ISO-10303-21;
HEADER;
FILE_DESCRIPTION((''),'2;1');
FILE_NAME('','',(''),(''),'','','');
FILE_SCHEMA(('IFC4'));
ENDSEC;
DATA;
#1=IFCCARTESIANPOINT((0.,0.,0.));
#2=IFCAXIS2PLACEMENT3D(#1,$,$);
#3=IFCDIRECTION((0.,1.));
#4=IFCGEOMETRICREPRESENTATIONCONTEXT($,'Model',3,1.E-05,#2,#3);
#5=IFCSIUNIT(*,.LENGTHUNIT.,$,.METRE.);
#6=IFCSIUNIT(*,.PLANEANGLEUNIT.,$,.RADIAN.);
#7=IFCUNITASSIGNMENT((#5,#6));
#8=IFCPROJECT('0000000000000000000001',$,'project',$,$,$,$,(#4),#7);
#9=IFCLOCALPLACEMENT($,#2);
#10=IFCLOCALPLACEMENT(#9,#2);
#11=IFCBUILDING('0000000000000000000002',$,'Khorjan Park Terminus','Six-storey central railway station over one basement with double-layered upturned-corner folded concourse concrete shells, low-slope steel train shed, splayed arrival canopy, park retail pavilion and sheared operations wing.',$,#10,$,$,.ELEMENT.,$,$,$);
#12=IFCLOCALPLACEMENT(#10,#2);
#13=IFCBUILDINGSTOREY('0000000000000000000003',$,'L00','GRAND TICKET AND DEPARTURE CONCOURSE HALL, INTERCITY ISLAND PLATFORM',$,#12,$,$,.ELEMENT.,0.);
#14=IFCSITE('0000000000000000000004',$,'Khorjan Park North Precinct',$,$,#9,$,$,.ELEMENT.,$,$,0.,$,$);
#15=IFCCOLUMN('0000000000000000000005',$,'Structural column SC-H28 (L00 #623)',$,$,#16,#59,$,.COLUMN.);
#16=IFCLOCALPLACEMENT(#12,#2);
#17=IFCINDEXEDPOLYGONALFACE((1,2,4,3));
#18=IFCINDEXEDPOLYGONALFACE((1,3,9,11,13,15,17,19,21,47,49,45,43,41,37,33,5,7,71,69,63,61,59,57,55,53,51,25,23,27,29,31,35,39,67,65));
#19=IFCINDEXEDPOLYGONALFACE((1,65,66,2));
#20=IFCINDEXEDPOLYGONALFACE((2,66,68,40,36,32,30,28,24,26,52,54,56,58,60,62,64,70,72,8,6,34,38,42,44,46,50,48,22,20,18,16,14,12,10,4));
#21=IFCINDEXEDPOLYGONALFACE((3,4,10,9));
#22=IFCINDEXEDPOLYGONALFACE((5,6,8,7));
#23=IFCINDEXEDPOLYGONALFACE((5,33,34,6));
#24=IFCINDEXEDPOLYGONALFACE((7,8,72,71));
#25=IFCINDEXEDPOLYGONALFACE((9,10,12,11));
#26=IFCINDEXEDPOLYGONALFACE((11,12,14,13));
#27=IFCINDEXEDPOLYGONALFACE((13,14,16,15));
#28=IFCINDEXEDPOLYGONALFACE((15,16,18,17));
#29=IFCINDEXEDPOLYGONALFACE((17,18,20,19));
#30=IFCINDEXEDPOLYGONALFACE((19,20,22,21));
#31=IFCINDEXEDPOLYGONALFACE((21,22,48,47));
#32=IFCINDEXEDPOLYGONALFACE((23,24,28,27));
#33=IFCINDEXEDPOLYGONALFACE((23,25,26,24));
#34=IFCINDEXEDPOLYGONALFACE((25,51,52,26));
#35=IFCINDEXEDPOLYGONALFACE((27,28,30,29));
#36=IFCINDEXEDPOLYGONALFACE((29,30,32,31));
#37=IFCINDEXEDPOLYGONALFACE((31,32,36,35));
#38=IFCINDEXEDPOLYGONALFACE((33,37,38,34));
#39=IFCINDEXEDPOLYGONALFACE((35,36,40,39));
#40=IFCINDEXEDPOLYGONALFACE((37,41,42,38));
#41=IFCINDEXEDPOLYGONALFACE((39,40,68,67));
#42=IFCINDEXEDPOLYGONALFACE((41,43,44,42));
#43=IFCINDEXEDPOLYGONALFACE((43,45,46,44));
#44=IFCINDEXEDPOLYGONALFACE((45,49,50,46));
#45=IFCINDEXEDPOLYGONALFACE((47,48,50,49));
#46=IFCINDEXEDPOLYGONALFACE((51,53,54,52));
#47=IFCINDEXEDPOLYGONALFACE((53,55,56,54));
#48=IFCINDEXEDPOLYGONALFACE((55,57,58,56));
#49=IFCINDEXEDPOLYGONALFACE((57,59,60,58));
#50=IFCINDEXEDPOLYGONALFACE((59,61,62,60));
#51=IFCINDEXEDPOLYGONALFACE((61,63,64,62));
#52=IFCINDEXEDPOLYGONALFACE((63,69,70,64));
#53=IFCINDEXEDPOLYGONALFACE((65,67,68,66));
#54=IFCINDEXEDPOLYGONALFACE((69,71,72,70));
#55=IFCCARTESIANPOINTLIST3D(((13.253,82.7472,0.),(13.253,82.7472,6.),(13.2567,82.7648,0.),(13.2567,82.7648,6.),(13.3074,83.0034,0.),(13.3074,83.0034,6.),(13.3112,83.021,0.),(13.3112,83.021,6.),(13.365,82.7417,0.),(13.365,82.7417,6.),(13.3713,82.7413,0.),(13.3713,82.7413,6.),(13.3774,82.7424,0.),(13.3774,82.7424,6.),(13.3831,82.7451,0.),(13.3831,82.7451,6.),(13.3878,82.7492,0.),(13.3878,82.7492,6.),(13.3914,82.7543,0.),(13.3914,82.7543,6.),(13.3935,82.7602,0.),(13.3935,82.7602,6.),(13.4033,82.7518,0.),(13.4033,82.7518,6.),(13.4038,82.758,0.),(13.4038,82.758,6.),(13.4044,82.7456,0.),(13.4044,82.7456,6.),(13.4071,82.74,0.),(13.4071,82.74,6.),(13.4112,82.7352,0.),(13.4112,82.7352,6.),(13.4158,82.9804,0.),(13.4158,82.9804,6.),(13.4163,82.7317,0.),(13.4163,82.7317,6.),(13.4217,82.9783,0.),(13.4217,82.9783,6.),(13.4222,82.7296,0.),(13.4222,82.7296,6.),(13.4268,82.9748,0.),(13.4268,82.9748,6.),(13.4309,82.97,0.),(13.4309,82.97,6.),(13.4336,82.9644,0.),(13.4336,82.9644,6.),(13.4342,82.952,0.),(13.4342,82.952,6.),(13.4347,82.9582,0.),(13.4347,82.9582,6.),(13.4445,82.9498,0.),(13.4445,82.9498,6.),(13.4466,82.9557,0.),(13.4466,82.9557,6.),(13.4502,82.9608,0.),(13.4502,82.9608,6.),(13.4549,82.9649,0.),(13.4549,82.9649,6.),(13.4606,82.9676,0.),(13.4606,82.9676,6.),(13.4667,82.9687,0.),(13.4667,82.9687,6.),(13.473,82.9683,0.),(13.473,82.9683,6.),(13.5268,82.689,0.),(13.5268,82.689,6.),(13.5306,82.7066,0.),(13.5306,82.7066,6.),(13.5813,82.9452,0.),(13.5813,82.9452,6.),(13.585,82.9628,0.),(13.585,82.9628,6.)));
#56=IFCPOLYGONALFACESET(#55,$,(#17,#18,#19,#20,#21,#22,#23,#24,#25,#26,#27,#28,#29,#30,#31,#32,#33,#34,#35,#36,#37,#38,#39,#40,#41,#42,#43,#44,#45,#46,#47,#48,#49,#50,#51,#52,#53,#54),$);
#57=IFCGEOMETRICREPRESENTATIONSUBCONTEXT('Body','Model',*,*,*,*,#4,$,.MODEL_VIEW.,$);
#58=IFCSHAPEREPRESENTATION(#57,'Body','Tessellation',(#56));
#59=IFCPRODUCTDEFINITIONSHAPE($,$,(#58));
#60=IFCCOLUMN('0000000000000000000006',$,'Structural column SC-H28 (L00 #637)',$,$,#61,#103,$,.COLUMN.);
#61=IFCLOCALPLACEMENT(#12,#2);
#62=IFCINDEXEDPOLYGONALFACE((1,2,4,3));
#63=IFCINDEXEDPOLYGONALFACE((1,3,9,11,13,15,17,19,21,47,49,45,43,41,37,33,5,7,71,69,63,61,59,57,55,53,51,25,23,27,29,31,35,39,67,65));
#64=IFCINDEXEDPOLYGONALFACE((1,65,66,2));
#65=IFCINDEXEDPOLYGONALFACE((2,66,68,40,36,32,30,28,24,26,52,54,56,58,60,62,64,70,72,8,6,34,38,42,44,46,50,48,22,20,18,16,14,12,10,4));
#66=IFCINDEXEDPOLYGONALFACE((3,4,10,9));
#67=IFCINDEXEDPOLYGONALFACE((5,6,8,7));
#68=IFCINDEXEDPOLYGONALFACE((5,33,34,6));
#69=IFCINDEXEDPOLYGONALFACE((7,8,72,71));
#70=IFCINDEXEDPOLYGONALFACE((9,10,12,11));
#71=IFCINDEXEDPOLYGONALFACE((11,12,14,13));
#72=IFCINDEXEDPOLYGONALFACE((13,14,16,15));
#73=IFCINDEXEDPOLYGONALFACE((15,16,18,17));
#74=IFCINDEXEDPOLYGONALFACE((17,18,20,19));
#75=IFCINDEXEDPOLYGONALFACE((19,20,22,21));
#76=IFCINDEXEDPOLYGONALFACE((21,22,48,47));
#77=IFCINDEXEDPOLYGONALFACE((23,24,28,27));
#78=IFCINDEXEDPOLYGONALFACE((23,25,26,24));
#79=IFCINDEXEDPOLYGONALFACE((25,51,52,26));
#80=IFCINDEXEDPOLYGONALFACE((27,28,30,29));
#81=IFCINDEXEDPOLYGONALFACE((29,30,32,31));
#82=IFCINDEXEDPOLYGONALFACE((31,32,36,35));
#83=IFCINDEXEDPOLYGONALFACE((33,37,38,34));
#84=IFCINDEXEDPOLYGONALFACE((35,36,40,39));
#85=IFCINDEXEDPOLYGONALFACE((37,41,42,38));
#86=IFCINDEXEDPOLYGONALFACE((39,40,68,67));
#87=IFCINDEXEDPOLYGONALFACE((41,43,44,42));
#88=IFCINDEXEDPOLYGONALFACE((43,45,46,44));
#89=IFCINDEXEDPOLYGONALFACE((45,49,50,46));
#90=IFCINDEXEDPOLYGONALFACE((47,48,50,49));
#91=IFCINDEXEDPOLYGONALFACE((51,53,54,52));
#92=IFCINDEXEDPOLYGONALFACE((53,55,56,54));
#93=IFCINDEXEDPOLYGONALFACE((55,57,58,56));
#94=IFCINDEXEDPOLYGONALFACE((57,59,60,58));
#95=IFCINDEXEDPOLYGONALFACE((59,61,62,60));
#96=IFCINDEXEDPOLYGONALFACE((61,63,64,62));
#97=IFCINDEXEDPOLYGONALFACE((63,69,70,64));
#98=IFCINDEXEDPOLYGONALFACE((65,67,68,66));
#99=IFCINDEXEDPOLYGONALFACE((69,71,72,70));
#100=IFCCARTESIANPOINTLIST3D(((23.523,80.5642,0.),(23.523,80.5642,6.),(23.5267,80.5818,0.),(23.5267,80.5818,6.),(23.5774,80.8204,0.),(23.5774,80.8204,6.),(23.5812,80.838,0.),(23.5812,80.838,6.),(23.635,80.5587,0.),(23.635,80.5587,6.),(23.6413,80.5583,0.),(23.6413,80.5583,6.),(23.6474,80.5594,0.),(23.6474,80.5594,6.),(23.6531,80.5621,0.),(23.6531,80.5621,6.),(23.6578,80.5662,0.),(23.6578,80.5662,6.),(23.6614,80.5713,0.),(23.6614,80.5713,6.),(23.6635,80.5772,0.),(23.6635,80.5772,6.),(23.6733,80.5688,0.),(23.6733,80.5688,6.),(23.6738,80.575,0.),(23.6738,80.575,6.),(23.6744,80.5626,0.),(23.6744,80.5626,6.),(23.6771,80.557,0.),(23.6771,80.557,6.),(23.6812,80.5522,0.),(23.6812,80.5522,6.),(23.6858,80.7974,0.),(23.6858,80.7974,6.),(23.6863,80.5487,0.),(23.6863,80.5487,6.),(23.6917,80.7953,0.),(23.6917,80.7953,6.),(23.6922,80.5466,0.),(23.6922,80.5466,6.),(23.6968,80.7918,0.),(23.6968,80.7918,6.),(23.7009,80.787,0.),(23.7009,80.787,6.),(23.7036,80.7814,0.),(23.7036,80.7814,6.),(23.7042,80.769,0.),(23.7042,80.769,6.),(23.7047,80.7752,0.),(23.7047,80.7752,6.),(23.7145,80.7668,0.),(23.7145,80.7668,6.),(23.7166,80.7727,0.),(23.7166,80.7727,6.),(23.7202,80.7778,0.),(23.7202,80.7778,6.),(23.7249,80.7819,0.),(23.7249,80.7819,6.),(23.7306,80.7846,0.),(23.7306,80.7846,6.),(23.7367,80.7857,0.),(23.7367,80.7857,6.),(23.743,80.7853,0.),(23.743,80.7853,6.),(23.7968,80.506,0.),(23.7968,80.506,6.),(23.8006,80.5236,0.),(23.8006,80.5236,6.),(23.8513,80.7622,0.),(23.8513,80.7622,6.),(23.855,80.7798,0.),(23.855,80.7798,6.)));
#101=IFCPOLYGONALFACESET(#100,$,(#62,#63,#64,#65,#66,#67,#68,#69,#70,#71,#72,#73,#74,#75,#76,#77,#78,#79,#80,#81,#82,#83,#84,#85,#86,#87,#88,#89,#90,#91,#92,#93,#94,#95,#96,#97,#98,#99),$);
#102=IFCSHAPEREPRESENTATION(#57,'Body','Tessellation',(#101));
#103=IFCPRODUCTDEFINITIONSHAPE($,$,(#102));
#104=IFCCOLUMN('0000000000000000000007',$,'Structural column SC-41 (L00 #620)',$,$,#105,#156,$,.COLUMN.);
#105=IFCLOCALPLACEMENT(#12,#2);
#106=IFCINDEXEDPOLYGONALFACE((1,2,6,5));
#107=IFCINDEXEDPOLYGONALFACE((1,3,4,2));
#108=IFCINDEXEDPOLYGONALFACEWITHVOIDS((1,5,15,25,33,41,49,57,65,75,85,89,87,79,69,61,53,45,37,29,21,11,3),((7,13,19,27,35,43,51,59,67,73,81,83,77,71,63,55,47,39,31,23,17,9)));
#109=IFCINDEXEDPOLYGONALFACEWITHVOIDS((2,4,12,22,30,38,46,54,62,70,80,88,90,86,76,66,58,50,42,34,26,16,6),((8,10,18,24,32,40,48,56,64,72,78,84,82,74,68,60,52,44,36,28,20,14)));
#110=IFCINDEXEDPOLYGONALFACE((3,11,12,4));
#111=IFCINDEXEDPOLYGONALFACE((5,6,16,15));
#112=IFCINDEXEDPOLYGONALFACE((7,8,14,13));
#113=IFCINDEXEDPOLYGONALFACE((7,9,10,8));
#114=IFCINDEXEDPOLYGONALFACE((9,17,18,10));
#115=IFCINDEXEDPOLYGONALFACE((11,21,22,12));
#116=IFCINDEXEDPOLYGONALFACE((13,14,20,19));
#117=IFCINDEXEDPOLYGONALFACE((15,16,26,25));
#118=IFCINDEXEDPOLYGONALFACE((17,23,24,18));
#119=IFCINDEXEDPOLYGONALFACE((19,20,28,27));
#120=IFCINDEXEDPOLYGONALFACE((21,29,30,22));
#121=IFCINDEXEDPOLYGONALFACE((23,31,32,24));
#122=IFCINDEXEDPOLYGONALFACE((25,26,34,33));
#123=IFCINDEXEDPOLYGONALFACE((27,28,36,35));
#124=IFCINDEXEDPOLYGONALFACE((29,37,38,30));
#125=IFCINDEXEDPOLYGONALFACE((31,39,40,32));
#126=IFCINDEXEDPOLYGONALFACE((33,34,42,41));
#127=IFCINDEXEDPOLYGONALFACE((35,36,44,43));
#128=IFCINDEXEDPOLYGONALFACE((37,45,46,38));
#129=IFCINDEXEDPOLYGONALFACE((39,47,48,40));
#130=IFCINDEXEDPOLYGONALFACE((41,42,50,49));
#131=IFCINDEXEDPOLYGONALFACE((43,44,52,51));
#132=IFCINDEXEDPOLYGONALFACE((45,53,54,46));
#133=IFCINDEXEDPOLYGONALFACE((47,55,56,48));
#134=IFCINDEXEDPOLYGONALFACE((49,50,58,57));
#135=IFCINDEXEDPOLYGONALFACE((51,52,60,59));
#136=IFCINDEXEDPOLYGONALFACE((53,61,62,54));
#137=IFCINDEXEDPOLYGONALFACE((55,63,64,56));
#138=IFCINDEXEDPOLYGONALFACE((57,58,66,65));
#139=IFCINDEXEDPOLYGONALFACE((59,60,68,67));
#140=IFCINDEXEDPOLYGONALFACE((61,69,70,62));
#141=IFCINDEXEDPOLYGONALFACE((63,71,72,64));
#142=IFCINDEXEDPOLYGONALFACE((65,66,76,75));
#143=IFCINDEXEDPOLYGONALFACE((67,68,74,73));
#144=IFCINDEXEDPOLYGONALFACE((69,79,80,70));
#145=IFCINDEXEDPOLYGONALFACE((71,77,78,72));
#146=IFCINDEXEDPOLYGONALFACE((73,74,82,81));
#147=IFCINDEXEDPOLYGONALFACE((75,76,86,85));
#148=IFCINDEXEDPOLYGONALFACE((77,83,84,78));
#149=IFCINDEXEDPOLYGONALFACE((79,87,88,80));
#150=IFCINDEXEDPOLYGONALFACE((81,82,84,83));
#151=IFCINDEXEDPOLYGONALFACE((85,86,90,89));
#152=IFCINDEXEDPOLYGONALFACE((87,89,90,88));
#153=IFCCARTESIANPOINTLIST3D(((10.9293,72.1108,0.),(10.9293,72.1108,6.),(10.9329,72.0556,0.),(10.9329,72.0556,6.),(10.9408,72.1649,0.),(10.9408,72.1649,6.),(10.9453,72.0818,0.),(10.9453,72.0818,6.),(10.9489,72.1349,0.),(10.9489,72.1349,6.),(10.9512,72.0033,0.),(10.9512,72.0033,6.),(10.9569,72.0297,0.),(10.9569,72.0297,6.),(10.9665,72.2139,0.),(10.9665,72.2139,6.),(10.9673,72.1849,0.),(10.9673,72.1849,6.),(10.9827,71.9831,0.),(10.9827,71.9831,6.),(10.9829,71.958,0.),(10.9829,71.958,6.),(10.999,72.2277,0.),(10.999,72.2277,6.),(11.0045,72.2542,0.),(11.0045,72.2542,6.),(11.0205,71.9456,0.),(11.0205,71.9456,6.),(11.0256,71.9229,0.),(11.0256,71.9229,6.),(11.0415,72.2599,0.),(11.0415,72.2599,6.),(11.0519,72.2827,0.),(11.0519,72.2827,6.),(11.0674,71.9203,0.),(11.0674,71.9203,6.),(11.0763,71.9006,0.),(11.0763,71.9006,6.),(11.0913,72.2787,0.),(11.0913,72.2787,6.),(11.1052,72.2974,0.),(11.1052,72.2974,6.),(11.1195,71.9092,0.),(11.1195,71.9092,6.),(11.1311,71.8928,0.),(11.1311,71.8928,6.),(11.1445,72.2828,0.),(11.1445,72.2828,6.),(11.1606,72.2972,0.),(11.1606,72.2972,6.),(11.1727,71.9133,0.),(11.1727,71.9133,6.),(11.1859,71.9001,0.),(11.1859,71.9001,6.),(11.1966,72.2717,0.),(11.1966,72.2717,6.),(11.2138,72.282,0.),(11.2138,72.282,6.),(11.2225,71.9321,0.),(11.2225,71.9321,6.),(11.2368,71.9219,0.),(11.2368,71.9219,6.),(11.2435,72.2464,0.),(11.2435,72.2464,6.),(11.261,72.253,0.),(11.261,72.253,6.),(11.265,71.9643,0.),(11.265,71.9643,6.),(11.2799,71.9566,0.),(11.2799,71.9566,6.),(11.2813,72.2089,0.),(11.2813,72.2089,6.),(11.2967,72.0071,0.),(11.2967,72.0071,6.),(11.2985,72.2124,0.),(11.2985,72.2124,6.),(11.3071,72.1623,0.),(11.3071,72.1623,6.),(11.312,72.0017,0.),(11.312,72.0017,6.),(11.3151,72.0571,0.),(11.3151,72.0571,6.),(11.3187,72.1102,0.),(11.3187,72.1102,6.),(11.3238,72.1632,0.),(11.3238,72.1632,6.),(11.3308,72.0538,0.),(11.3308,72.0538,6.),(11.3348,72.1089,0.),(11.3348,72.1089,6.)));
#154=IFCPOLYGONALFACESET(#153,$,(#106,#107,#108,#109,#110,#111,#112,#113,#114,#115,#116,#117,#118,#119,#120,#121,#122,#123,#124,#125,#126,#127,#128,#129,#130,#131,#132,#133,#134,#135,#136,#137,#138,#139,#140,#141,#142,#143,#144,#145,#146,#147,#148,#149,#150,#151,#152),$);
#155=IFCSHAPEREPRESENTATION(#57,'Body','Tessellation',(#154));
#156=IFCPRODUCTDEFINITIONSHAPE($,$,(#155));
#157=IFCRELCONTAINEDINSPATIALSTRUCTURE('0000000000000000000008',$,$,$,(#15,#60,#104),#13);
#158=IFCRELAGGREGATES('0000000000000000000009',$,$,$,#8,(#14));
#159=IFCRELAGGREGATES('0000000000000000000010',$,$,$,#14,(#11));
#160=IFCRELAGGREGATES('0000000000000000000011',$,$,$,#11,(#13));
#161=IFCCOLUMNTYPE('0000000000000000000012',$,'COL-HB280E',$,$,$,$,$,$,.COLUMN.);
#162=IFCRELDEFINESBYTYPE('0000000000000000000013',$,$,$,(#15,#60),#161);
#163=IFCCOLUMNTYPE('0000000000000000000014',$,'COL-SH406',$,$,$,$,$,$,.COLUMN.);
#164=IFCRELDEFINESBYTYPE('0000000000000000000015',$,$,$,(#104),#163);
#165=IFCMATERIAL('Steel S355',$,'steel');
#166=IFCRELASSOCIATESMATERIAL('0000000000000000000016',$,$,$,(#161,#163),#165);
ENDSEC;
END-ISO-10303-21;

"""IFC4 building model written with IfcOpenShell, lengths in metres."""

from ifc_helpers import new_model, si_unit, direction, frame, origin, origin_2d, place, context, subcontext, project, spatial, hollow_circle, i_section, extrude, material, material_profile, profile_set, type_object, element, save


model = new_model("IFC4")

# Units and contexts
model_context = context("Model", 3, precision=1e-05, world=origin(), true_north=direction((0.0, 1.0)))
body_context = subcontext(model_context, "Body", "Model", "MODEL_VIEW")
ifc_project = project(units=[si_unit("LENGTHUNIT", "METRE"), si_unit("PLANEANGLEUNIT", "RADIAN")], contexts=[model_context])

# Site, building, storey
site_placement = place(None, origin())
site = spatial("IfcSite", under=ifc_project, at=site_placement, Name="Khorjan Park North Precinct", CompositionType="ELEMENT", RefElevation=0.0)
building_placement = place(site_placement, origin())
building = spatial("IfcBuilding", under=site, at=building_placement, Name="Khorjan Park Terminus", Description="Six-storey central railway station over one basement with double-layered upturned-corner folded concourse concrete shells, low-slope steel train shed, splayed arrival canopy, park retail pavilion and sheared operations wing.", CompositionType="ELEMENT")
storey_placement = place(building_placement, origin())
storey = spatial("IfcBuildingStorey", under=building, at=storey_placement, Name="L00", Description="GRAND TICKET AND DEPARTURE CONCOURSE HALL, INTERCITY ISLAND PLATFORM", CompositionType="ELEMENT", Elevation=0.0)

# Columns
ifc_material_1 = material(Name="Steel S355", Category="steel")
ifc_material_profile_1 = material_profile(ifc_material_1, i_section(OverallWidth=0.28, OverallDepth=0.28, WebThickness=0.0105, FlangeThickness=0.018, FilletRadius=0.024, at=origin_2d()), Name="HEB 280")
ifc_profile_set_1 = profile_set([ifc_material_profile_1], Name="Steel S355")
column_type_1 = type_object("IfcColumnType", Name="COL-HB280E", PredefinedType="COLUMN", material=ifc_profile_set_1)
for number, where, z_axis, x_axis, name in (
    (1, (13.419, 82.855, 0.0), (0.0, 0.0, 1.0), (0.978148, -0.207912, 0.0), "Structural column SC-H28 (L00 #623)"),
    (2, (23.689, 80.672, 0.0), (0.0, 0.0, 1.0), (0.978148, -0.207912, 0.0), "Structural column SC-H28 (L00 #637)"),
):
    element("IfcColumn", number, at=place(storey_placement, frame(where, z_axis=z_axis, x_axis=x_axis)), inside=storey, type_object=column_type_1, Name=name, PredefinedType="COLUMN", context=body_context, shape_type="SweptSolid", body=[
        extrude(i_section(OverallWidth=0.28, OverallDepth=0.28, WebThickness=0.0105, FlangeThickness=0.018, FilletRadius=0.024, at=origin_2d()), origin(), (0.0, 0.0, 1.0), 6.0),
    ])
ifc_material_profile_2 = material_profile(ifc_material_1, hollow_circle(Radius=0.2032, WallThickness=0.016, at=origin_2d()), Name="CHS 406.4x16")
ifc_profile_set_2 = profile_set([ifc_material_profile_2], Name="Steel S355")
column_type_2 = type_object("IfcColumnType", Name="COL-SH406", PredefinedType="COLUMN", material=ifc_profile_set_2)
column_1_placement = place(storey_placement, frame((11.132, 72.096, 0.0), z_axis=(0.0, 0.0, 1.0), x_axis=(0.978148, -0.207912, 0.0)))
element("IfcColumn", 3, at=column_1_placement, inside=storey, type_object=column_type_2, Name="Structural column SC-41 (L00 #620)", PredefinedType="COLUMN", context=body_context, shape_type="SweptSolid", body=[
    extrude(hollow_circle(Radius=0.2032, WallThickness=0.016, at=origin_2d()), origin(), (0.0, 0.0, 1.0), 6.0),
])

save(model, "model.ifc")
